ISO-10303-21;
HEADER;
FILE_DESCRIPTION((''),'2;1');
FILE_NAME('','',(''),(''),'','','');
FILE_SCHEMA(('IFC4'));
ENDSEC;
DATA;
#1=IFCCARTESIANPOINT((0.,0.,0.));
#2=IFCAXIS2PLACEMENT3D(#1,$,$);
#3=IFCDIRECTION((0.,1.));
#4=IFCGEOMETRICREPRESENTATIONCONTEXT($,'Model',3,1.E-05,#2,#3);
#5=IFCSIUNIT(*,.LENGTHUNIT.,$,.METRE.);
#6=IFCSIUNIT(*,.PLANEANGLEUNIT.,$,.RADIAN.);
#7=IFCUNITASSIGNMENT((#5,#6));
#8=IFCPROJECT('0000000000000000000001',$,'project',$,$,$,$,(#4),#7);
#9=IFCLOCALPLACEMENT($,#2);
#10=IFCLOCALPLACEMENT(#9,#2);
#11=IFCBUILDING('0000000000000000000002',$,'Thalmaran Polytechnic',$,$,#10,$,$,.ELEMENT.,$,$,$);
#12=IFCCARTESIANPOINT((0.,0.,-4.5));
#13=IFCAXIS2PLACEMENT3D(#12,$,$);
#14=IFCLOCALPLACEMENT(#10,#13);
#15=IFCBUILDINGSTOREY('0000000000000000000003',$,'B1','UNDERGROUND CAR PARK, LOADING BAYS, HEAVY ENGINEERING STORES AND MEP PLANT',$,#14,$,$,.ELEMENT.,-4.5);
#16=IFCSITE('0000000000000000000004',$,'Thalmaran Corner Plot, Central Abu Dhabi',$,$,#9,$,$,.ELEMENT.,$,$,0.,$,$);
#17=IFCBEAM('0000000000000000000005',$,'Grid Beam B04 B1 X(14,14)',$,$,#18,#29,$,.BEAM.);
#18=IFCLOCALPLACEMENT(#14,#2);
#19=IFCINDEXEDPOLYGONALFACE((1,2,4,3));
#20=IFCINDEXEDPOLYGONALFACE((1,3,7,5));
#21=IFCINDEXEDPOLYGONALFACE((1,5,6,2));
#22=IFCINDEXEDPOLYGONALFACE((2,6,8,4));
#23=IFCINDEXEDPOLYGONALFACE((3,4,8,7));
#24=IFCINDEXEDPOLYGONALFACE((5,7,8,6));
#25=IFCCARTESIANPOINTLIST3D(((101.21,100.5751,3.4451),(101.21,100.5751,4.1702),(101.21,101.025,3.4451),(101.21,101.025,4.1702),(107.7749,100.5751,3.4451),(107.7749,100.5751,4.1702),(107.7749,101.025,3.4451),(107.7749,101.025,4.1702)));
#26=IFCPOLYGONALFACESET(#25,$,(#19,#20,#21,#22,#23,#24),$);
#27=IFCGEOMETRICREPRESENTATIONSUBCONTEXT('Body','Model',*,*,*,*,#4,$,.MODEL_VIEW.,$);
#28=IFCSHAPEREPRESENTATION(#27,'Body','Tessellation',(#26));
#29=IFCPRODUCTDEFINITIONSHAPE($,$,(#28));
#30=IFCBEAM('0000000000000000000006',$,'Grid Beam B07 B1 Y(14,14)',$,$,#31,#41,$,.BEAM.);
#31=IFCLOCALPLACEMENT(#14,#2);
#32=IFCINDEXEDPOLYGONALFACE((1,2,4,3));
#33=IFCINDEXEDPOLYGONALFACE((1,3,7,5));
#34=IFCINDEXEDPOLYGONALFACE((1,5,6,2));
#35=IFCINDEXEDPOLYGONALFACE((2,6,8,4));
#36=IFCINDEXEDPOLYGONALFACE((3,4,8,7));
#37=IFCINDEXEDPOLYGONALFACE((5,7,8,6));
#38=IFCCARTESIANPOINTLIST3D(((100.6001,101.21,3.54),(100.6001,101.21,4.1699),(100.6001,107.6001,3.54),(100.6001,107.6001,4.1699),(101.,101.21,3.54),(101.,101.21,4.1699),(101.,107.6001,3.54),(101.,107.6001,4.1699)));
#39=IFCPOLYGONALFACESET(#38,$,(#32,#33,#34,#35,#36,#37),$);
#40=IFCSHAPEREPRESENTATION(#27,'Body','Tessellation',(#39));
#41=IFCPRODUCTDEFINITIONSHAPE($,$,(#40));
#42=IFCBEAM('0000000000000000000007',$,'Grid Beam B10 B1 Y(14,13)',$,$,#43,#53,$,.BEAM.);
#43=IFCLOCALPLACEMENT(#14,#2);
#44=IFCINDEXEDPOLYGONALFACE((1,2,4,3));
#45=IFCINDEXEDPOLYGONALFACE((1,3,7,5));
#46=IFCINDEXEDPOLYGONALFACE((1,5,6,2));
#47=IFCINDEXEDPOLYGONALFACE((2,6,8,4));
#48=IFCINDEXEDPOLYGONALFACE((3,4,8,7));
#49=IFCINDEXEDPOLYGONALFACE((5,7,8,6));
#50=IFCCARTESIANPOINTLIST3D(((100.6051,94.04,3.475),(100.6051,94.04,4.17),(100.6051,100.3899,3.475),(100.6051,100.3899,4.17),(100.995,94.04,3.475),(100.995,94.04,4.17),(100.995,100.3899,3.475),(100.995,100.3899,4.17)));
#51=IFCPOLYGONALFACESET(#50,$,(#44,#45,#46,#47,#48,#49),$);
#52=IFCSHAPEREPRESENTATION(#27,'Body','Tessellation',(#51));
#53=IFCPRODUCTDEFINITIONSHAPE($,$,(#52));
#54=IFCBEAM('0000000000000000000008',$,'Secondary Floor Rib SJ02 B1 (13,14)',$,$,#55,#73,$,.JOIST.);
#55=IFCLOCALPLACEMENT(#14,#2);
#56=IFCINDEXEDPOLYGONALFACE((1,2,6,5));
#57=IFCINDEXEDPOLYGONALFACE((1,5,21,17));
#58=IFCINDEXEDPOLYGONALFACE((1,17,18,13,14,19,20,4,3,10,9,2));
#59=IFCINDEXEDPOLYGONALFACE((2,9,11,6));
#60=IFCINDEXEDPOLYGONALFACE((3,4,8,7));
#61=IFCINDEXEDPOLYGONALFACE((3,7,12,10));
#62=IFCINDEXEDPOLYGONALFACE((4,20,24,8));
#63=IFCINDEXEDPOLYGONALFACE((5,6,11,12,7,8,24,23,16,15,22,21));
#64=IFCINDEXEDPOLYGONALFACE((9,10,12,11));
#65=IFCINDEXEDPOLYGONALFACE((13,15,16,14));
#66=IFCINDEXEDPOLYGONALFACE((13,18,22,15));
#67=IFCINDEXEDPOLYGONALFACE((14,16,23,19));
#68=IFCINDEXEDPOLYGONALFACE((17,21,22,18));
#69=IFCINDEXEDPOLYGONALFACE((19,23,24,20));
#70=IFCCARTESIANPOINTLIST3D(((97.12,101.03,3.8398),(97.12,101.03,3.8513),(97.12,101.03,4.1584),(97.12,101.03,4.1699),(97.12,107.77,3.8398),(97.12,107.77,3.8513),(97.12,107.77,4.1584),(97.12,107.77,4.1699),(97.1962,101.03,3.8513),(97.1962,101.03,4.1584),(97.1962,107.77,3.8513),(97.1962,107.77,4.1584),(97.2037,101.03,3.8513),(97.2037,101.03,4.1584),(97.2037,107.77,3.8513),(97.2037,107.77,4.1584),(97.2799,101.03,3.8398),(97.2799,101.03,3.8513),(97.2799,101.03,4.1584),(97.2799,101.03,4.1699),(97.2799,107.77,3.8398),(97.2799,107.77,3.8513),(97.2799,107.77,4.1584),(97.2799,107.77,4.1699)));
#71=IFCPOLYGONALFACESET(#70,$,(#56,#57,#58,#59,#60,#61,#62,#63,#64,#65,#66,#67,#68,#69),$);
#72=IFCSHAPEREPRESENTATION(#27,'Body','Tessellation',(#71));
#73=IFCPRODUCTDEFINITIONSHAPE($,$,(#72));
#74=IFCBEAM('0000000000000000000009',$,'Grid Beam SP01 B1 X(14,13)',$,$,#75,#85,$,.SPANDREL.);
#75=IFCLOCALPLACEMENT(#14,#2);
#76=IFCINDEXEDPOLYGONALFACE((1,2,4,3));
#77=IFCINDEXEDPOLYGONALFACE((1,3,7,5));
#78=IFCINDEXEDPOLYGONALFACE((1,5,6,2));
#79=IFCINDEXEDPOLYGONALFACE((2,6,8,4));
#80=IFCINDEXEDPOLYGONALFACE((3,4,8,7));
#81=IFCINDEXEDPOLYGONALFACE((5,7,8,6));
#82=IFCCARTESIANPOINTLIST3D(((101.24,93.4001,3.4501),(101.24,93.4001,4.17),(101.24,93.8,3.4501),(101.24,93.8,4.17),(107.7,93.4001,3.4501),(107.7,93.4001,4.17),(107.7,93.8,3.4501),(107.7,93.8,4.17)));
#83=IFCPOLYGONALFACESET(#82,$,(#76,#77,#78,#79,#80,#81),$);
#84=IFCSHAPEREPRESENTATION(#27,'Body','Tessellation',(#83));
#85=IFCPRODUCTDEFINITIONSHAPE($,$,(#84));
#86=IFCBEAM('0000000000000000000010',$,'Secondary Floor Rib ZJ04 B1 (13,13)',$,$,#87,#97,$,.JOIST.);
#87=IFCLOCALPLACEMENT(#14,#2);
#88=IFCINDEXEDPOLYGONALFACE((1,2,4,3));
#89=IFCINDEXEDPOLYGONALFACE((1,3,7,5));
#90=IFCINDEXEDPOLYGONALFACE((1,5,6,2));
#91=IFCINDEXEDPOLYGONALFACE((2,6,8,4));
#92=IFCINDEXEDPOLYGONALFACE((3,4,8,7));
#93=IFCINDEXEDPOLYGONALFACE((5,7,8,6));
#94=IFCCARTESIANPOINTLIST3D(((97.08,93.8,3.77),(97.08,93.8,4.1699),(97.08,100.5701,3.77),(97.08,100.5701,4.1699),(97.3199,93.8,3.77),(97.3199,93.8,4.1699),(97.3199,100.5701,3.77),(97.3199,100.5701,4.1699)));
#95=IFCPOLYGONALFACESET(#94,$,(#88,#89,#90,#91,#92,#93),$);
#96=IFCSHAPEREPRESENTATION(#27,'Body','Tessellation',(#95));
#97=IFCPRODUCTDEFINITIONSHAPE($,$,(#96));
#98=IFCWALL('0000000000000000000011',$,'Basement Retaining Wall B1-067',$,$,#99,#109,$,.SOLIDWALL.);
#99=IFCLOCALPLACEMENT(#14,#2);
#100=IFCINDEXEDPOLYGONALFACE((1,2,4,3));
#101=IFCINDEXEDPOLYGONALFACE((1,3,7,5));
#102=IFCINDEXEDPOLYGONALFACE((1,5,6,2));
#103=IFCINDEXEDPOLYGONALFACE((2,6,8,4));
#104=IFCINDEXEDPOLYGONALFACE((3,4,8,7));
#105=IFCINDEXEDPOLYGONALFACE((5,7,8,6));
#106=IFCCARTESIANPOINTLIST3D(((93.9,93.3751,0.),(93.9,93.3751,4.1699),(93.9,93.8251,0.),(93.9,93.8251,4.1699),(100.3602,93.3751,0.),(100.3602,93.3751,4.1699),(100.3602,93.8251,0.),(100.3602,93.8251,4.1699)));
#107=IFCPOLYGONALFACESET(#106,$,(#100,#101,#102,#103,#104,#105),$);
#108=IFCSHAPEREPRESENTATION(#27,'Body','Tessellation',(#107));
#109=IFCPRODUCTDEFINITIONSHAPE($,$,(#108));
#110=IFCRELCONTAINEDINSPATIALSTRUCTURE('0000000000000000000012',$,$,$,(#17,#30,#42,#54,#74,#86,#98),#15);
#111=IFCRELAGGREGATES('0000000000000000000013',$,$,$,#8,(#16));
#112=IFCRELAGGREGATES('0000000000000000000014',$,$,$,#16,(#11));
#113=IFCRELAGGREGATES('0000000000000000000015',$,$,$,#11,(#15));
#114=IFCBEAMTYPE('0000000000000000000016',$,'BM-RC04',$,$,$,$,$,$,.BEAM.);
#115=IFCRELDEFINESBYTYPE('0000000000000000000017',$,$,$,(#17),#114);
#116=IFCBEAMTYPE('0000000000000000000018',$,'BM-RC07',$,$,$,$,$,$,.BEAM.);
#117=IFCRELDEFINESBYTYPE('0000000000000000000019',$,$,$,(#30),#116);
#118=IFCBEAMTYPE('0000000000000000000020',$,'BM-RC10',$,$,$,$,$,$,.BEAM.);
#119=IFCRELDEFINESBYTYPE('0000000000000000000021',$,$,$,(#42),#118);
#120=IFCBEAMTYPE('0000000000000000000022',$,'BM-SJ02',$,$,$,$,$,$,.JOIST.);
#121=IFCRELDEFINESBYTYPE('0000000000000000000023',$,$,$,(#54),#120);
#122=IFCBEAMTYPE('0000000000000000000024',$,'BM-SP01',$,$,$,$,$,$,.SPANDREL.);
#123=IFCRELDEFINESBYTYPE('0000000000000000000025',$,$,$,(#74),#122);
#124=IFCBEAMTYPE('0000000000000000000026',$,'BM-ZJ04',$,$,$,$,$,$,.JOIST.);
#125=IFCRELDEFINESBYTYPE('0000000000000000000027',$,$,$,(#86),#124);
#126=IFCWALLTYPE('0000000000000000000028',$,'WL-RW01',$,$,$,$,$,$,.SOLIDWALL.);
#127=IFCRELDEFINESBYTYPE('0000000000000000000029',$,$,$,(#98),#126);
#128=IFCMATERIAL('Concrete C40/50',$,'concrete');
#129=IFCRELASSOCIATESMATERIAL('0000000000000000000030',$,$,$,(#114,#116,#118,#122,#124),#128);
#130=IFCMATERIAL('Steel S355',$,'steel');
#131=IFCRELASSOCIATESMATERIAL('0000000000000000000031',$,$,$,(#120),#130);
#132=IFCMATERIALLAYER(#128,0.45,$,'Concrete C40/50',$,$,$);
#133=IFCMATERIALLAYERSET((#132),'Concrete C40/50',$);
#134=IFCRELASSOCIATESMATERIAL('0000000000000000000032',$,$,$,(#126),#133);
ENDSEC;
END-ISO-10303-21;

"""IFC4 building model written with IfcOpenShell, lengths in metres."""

from ifc_helpers import new_model, si_unit, direction, frame, frame_2d, origin, origin_2d, place, context, subcontext, project, spatial, rectangle, i_section, extrude, material, layer, layer_set, material_profile, profile_set, type_object, element, save


model = new_model("IFC4")

# Units and contexts
model_context = context("Model", 3, precision=1e-05, world=origin(), true_north=direction((0.0, 1.0)))
body_context = subcontext(model_context, "Body", "Model", "MODEL_VIEW")
ifc_project = project(units=[si_unit("LENGTHUNIT", "METRE"), si_unit("PLANEANGLEUNIT", "RADIAN")], contexts=[model_context])

# Site, building, storey
site_placement = place(None, origin())
site = spatial("IfcSite", under=ifc_project, at=site_placement, Name="Thalmaran Corner Plot, Central Abu Dhabi", CompositionType="ELEMENT", RefElevation=0.0)
building_placement = place(site_placement, origin())
building = spatial("IfcBuilding", under=site, at=building_placement, Name="Thalmaran Polytechnic", CompositionType="ELEMENT")
storey_placement = place(building_placement, frame((0.0, 0.0, -4.5)))
storey = spatial("IfcBuildingStorey", under=building, at=storey_placement, Name="B1", Description="UNDERGROUND CAR PARK, LOADING BAYS, HEAVY ENGINEERING STORES AND MEP PLANT", CompositionType="ELEMENT", Elevation=-4.5)

# Shared definitions
ifc_material_1 = material(Name="Concrete C40/50", Category="concrete")

# Beams
ifc_material_profile_1 = material_profile(ifc_material_1, rectangle(XDim=0.45, YDim=0.7251, at=origin_2d()), Name="RC 450x725")
ifc_profile_set_1 = profile_set([ifc_material_profile_1], Name="Concrete C40/50")
beam_type_1 = type_object("IfcBeamType", Name="BM-RC04", PredefinedType="BEAM", material=ifc_profile_set_1)
beam_1_placement = place(storey_placement, frame((101.21, 100.8, 3.8076), z_axis=(1.0, 0.0, 0.0), x_axis=(0.0, 1.0, 0.0)))
element("IfcBeam", 1, at=beam_1_placement, inside=storey, type_object=beam_type_1, Name="Grid Beam B04 B1 X(14,14)", PredefinedType="BEAM", context=body_context, shape_type="SweptSolid", body=[
    extrude(rectangle(XDim=0.45, YDim=0.7251, at=origin_2d()), origin(), (0.0, 0.0, 1.0), 6.5649),
])
ifc_material_profile_2 = material_profile(ifc_material_1, rectangle(XDim=0.3999, YDim=0.6299, at=origin_2d()), Name="RC 400x630")
ifc_profile_set_2 = profile_set([ifc_material_profile_2], Name="Concrete C40/50")
beam_type_2 = type_object("IfcBeamType", Name="BM-RC07", PredefinedType="BEAM", material=ifc_profile_set_2)
beam_2_placement = place(storey_placement, frame((100.8, 101.21, 3.855), z_axis=(0.0, 1.0, 0.0), x_axis=(-1.0, 0.0, 0.0)))
element("IfcBeam", 2, at=beam_2_placement, inside=storey, type_object=beam_type_2, Name="Grid Beam B07 B1 Y(14,14)", PredefinedType="BEAM", context=body_context, shape_type="SweptSolid", body=[
    extrude(rectangle(XDim=0.3999, YDim=0.6299, at=origin_2d()), origin(), (0.0, 0.0, 1.0), 6.3901),
])
ifc_material_profile_3 = material_profile(ifc_material_1, rectangle(XDim=0.3899, YDim=0.6951, at=origin_2d()), Name="RC 390x695")
ifc_profile_set_3 = profile_set([ifc_material_profile_3], Name="Concrete C40/50")
beam_type_3 = type_object("IfcBeamType", Name="BM-RC10", PredefinedType="BEAM", material=ifc_profile_set_3)
beam_3_placement = place(storey_placement, frame((100.8, 94.04, 3.8225), z_axis=(0.0, 1.0, 0.0), x_axis=(-1.0, 0.0, 0.0)))
element("IfcBeam", 3, at=beam_3_placement, inside=storey, type_object=beam_type_3, Name="Grid Beam B10 B1 Y(14,13)", PredefinedType="BEAM", context=body_context, shape_type="SweptSolid", body=[
    extrude(rectangle(XDim=0.3899, YDim=0.6951, at=origin_2d()), origin(), (0.0, 0.0, 1.0), 6.3499),
])
ifc_material_2 = material(Name="Steel S355", Category="steel")
ifc_material_profile_4 = material_profile(ifc_material_2, i_section(OverallWidth=0.1599, OverallDepth=0.3301, WebThickness=0.0076, FlangeThickness=0.0115, at=origin_2d()), Name="IPE 330")
ifc_profile_set_4 = profile_set([ifc_material_profile_4], Name="Steel S355")
beam_type_4 = type_object("IfcBeamType", Name="BM-SJ02", PredefinedType="JOIST", material=ifc_profile_set_4)
beam_4_placement = place(storey_placement, frame((97.2, 101.03, 4.0049), z_axis=(0.0, 1.0, 0.0), x_axis=(-1.0, 0.0, 0.0)))
element("IfcBeam", 4, at=beam_4_placement, inside=storey, type_object=beam_type_4, Name="Secondary Floor Rib SJ02 B1 (13,14)", PredefinedType="JOIST", context=body_context, shape_type="SweptSolid", body=[
    extrude(i_section(OverallWidth=0.1599, OverallDepth=0.3301, WebThickness=0.0076, FlangeThickness=0.0115, at=origin_2d()), origin(), (0.0, 0.0, 1.0), 6.74),
])
ifc_material_profile_5 = material_profile(ifc_material_1, rectangle(XDim=0.3999, YDim=0.72, at=origin_2d()), Name="RC 400x720")
ifc_profile_set_5 = profile_set([ifc_material_profile_5], Name="Concrete C40/50")
beam_type_5 = type_object("IfcBeamType", Name="BM-SP01", PredefinedType="SPANDREL", material=ifc_profile_set_5)
beam_5_placement = place(storey_placement, frame((101.24, 93.6001, 3.8101), z_axis=(1.0, 0.0, 0.0), x_axis=(0.0, 1.0, 0.0)))
element("IfcBeam", 5, at=beam_5_placement, inside=storey, type_object=beam_type_5, Name="Grid Beam SP01 B1 X(14,13)", PredefinedType="SPANDREL", context=body_context, shape_type="SweptSolid", body=[
    extrude(rectangle(XDim=0.3999, YDim=0.72, at=origin_2d()), origin(), (0.0, 0.0, 1.0), 6.46),
])
ifc_material_profile_6 = material_profile(ifc_material_1, rectangle(XDim=0.24, YDim=0.3999, at=origin_2d()), Name="RC 240x400")
ifc_profile_set_6 = profile_set([ifc_material_profile_6], Name="Concrete C40/50")
beam_type_6 = type_object("IfcBeamType", Name="BM-ZJ04", PredefinedType="JOIST", material=ifc_profile_set_6)
beam_6_placement = place(storey_placement, frame((97.2, 93.8, 3.97), z_axis=(0.0, 1.0, 0.0), x_axis=(-1.0, 0.0, 0.0)))
element("IfcBeam", 6, at=beam_6_placement, inside=storey, type_object=beam_type_6, Name="Secondary Floor Rib ZJ04 B1 (13,13)", PredefinedType="JOIST", context=body_context, shape_type="SweptSolid", body=[
    extrude(rectangle(XDim=0.24, YDim=0.3999, at=origin_2d()), origin(), (0.0, 0.0, 1.0), 6.77),
])

# Wall
ifc_layer = layer(ifc_material_1, 0.45, Name="Concrete C40/50")
ifc_layer_set = layer_set([ifc_layer], Name="Concrete C40/50")
wall_type = type_object("IfcWallType", Name="WL-RW01", PredefinedType="SOLIDWALL", material=ifc_layer_set)
wall_placement = place(storey_placement, frame((100.3601, 93.6001, 0.0), z_axis=(0.0, 0.0, 1.0), x_axis=(-1.0, 0.0, 0.0)))
element("IfcWall", 7, at=wall_placement, inside=storey, type_object=wall_type, Name="Basement Retaining Wall B1-067", PredefinedType="SOLIDWALL", context=body_context, shape_type="SweptSolid", body=[
    extrude(rectangle(XDim=6.4602, YDim=0.45, at=frame_2d((3.23, 0.0))), origin(), (0.0, 0.0, 1.0), 4.1699),
])

save(model, "model.ifc")
